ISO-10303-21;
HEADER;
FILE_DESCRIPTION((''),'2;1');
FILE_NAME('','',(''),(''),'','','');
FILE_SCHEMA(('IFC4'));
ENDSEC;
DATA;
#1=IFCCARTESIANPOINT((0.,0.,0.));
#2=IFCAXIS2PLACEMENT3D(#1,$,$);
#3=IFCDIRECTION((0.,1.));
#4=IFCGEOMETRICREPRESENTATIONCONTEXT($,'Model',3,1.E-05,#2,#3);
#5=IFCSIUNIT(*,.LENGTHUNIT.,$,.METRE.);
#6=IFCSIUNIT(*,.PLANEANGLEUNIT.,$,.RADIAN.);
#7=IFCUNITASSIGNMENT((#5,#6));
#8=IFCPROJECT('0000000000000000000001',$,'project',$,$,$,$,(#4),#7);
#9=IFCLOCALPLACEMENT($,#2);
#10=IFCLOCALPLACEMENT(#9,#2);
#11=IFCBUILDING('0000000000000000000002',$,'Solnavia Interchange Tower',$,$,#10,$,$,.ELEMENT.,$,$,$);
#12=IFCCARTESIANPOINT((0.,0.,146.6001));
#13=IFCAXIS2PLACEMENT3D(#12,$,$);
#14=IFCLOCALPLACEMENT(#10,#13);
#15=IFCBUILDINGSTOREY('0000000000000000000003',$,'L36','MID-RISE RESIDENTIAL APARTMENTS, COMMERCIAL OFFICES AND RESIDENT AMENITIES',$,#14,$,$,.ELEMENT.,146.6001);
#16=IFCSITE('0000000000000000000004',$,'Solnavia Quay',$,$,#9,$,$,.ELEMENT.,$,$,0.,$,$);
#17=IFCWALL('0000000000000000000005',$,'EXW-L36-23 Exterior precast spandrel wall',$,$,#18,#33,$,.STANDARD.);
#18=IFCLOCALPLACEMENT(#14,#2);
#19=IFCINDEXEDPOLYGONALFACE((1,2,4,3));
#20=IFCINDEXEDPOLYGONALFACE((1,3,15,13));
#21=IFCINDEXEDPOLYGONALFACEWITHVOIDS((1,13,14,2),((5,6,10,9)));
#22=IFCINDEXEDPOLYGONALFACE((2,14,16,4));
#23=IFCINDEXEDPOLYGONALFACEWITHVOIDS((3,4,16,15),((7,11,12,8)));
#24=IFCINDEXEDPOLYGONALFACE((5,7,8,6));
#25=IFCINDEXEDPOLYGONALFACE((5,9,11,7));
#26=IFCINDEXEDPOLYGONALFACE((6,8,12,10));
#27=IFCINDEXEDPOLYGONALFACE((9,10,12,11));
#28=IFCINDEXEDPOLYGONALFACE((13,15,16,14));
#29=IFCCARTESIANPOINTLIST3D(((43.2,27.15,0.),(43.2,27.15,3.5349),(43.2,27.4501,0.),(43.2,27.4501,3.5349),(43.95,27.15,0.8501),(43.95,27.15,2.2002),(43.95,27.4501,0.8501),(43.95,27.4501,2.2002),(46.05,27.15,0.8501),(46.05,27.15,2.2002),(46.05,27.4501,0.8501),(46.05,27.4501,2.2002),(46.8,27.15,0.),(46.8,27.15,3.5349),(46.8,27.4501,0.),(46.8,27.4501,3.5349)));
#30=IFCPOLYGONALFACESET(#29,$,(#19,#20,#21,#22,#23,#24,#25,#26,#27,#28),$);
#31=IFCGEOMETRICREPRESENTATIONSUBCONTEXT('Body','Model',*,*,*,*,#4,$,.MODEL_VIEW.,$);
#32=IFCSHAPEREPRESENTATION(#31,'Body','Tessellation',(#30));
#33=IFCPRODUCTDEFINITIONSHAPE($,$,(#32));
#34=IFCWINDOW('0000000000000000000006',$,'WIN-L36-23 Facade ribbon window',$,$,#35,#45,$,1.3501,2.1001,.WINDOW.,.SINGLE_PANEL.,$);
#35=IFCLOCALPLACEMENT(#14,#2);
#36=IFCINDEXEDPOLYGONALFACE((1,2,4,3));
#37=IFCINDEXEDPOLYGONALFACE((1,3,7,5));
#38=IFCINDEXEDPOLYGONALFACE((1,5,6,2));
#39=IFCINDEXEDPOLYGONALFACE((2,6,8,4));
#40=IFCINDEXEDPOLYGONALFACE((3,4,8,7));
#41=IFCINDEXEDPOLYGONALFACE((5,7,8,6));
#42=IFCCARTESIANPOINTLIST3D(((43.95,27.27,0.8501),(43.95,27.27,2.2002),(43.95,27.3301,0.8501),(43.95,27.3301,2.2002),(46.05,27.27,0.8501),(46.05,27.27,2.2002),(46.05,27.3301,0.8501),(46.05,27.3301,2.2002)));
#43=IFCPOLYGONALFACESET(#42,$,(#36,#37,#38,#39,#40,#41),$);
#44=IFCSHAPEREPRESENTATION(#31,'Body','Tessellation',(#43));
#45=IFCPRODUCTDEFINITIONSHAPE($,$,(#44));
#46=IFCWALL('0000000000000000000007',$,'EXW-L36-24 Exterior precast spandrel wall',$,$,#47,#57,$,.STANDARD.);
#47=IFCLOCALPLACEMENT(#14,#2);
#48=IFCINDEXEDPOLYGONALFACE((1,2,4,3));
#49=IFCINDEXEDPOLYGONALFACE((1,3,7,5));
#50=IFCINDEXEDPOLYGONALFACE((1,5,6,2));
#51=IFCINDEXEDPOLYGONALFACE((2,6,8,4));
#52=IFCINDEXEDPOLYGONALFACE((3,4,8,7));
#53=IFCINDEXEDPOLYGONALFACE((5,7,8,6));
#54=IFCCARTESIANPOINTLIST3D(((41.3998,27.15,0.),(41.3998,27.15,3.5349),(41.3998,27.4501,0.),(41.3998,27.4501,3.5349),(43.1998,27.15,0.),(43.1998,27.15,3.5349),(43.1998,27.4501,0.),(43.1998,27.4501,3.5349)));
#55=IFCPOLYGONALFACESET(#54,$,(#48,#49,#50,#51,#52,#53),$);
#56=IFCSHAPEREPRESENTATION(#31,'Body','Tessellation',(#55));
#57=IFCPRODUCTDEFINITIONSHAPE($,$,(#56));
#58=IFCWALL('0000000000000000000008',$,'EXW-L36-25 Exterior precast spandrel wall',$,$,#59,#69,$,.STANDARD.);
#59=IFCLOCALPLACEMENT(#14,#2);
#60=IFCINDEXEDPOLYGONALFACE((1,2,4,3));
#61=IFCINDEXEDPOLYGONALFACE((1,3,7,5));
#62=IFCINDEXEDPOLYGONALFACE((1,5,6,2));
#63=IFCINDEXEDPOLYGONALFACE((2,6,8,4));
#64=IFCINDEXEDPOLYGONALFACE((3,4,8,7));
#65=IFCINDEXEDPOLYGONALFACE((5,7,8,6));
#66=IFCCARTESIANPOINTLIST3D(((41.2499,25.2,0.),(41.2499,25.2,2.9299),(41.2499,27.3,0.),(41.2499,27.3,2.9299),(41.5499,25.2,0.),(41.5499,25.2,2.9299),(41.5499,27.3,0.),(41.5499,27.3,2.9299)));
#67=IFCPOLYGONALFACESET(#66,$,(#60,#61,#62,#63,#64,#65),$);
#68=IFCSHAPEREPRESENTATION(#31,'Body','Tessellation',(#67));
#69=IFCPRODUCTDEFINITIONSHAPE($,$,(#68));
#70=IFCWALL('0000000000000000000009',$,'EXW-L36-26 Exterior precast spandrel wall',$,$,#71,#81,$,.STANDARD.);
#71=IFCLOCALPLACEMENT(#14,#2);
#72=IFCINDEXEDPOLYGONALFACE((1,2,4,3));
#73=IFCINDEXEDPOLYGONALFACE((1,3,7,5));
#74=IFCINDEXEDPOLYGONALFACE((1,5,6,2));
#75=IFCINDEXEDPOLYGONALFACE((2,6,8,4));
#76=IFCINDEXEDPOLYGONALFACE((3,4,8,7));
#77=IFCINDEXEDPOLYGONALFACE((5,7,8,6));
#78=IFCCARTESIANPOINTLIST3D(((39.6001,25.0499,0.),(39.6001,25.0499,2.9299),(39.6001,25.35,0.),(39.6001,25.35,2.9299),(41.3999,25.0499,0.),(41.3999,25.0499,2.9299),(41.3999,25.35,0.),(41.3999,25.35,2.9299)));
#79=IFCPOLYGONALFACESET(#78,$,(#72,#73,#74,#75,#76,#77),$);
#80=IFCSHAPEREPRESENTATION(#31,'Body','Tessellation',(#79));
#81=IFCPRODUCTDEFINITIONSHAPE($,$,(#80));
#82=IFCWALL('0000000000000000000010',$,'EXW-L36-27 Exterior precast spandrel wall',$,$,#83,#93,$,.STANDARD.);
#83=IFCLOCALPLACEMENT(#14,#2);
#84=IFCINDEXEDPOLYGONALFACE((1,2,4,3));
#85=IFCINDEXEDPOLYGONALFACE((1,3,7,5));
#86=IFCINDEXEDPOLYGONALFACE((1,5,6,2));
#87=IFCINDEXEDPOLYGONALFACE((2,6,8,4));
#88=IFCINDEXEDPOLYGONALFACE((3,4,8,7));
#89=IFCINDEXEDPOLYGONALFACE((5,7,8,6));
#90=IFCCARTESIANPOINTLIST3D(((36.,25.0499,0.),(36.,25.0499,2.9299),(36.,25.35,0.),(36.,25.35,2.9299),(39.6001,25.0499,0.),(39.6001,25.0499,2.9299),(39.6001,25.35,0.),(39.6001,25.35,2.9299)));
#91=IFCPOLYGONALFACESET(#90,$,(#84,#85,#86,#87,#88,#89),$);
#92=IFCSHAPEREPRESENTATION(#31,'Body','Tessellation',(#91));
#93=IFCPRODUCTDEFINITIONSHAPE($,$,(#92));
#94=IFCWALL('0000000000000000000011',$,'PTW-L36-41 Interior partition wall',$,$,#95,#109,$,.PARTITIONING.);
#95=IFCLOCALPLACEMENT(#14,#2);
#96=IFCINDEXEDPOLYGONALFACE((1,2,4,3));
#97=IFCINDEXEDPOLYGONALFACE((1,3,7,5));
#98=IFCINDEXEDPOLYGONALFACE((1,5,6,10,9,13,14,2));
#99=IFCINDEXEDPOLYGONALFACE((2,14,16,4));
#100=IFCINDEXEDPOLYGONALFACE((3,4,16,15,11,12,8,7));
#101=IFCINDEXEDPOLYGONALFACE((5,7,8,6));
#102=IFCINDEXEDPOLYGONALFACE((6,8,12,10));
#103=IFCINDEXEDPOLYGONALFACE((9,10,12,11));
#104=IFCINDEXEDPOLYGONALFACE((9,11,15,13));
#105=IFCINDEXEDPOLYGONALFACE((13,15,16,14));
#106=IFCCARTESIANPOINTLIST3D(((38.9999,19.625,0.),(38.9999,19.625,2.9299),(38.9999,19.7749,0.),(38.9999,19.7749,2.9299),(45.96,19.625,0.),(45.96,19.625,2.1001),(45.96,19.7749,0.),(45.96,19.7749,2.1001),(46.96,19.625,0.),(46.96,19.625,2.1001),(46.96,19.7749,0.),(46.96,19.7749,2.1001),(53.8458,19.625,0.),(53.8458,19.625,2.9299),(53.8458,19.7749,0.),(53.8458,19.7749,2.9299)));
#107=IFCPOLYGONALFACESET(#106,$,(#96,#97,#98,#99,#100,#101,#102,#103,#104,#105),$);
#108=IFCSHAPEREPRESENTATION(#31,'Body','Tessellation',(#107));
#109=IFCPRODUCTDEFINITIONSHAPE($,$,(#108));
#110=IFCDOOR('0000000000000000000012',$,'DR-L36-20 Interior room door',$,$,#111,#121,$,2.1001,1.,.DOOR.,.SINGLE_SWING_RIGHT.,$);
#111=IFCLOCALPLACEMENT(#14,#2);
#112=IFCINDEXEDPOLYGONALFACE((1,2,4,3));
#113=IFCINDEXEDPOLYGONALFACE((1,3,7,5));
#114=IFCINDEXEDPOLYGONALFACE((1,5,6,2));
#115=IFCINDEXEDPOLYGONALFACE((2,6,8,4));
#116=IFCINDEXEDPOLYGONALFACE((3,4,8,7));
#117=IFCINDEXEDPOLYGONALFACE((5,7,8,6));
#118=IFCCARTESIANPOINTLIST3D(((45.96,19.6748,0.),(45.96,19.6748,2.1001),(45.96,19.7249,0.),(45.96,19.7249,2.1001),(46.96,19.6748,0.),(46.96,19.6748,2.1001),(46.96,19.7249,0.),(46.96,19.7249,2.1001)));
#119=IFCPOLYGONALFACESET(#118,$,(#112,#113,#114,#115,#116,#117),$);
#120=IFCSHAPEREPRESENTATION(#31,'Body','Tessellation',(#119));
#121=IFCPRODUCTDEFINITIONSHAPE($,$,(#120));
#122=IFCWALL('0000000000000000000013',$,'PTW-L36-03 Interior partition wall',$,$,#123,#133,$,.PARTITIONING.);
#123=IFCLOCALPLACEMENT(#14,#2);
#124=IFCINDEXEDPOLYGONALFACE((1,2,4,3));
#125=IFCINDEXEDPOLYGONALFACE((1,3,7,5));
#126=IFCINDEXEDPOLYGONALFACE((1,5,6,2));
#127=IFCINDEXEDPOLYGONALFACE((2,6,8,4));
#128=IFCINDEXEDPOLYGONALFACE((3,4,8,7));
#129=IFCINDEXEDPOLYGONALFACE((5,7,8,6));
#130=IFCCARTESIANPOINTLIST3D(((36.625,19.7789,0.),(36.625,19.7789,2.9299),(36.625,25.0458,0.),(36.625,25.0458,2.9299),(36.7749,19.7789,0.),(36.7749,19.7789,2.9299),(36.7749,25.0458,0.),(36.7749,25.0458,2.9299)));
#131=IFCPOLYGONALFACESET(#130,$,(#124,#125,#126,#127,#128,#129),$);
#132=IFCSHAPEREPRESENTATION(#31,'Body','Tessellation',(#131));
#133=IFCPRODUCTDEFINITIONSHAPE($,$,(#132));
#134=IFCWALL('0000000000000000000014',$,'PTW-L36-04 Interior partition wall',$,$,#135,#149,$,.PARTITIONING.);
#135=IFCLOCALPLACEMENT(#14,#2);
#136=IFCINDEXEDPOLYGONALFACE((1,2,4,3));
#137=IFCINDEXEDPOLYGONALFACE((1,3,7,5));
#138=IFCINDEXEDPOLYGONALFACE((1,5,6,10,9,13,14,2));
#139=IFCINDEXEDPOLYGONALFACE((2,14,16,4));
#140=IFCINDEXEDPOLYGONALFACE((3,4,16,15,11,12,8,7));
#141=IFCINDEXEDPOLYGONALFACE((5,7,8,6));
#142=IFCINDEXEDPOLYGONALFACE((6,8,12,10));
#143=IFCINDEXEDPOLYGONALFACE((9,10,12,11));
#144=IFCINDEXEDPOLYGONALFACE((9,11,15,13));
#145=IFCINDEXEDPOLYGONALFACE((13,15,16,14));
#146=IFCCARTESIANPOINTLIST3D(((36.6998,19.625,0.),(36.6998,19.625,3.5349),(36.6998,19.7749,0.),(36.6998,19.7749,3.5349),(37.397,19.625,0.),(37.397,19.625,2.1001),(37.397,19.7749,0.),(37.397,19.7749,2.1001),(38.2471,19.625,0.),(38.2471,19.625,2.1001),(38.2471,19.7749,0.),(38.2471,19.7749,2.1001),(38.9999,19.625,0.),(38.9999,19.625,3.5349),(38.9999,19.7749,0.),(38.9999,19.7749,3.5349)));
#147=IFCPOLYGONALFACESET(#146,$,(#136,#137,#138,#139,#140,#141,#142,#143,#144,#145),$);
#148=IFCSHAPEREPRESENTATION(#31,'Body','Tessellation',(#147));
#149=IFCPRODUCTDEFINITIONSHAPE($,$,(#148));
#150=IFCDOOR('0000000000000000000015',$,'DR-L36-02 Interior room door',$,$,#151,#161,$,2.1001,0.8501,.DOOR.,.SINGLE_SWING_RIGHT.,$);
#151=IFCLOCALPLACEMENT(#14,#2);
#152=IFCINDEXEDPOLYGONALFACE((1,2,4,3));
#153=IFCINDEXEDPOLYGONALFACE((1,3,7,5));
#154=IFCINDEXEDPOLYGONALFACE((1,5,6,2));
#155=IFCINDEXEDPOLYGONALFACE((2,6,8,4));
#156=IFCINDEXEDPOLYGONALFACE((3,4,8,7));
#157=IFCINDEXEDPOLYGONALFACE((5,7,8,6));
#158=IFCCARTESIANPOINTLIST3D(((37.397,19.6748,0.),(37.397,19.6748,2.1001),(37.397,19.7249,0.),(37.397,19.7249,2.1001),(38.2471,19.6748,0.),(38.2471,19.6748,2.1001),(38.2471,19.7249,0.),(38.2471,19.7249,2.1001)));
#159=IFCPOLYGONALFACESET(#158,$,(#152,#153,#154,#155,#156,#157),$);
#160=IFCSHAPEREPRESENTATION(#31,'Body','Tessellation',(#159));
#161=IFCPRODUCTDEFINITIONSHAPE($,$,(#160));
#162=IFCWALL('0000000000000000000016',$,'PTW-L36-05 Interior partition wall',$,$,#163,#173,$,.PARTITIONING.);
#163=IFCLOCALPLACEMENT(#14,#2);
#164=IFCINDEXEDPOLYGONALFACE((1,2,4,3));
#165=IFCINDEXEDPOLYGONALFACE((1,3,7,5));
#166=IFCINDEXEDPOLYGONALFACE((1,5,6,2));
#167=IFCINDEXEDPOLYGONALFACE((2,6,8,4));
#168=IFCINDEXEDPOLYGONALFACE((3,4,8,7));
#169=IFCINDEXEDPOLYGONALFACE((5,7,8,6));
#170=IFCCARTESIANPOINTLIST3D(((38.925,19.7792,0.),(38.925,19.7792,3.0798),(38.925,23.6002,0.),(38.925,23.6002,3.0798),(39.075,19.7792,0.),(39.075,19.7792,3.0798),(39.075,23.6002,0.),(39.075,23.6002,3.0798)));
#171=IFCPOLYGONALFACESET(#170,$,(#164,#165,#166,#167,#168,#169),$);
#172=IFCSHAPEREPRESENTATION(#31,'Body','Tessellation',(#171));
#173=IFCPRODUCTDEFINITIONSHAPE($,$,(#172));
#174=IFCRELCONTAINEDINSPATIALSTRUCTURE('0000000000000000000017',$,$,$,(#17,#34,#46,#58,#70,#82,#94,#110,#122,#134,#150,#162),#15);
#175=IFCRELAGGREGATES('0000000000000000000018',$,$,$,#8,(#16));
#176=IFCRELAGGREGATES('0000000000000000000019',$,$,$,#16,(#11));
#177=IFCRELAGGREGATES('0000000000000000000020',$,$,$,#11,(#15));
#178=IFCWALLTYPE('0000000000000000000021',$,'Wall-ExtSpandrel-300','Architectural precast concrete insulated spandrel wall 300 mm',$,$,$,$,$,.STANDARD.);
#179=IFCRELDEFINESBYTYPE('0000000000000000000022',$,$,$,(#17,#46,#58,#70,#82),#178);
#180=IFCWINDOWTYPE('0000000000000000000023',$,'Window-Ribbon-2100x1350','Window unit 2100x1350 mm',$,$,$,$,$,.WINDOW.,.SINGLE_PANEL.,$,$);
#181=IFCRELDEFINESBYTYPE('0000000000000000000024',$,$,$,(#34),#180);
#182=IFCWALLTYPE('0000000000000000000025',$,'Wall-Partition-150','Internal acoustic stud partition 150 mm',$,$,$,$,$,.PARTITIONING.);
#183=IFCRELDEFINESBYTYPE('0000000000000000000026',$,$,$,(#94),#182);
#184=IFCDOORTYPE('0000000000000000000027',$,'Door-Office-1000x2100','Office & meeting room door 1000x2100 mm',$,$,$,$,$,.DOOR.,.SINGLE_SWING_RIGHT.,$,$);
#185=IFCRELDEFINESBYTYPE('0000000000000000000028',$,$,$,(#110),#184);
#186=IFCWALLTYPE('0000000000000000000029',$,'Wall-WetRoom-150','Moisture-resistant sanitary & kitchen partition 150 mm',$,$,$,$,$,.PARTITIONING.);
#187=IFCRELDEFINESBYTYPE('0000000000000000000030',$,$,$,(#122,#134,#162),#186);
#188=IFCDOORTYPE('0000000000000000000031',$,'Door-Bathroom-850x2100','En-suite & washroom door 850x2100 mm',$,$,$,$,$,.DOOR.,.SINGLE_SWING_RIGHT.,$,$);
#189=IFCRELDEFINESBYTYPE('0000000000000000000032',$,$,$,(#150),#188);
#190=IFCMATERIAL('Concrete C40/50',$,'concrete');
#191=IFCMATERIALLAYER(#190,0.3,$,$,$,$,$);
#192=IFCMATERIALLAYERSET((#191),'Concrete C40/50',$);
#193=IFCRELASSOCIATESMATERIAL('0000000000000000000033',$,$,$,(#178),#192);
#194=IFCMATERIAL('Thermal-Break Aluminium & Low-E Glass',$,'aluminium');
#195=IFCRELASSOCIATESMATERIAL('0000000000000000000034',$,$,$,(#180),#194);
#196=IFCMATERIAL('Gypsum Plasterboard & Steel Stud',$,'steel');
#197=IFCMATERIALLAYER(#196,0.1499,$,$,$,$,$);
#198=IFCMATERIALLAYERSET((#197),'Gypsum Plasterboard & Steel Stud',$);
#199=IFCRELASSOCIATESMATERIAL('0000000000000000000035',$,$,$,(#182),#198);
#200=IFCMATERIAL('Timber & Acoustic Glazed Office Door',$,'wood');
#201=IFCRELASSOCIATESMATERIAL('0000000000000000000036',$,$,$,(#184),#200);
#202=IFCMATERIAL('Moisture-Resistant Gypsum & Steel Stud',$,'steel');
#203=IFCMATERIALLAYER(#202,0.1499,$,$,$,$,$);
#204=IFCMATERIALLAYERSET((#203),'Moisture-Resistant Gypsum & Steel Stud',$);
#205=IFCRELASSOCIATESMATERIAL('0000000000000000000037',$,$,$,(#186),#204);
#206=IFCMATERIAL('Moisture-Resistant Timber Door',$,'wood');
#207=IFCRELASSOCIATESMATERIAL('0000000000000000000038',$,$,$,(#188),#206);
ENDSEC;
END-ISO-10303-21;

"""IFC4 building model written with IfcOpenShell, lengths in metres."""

from ifc_helpers import new_model, si_unit, direction, frame, frame_2d, origin, place, context, subcontext, project, spatial, rectangle, extrude, material, layer, layer_set, type_object, element, fill, save


model = new_model("IFC4")

# Units and contexts
model_context = context("Model", 3, precision=1e-05, world=origin(), true_north=direction((0.0, 1.0)))
body_context = subcontext(model_context, "Body", "Model", "MODEL_VIEW")
ifc_project = project(units=[si_unit("LENGTHUNIT", "METRE"), si_unit("PLANEANGLEUNIT", "RADIAN")], contexts=[model_context])

# Site, building, storey
site_placement = place(None, origin())
site = spatial("IfcSite", under=ifc_project, at=site_placement, Name="Solnavia Quay", CompositionType="ELEMENT", RefElevation=0.0)
building_placement = place(site_placement, origin())
building = spatial("IfcBuilding", under=site, at=building_placement, Name="Solnavia Interchange Tower", CompositionType="ELEMENT")
storey_placement = place(building_placement, frame((0.0, 0.0, 146.6001)))
storey = spatial("IfcBuildingStorey", under=building, at=storey_placement, Name="L36", Description="MID-RISE RESIDENTIAL APARTMENTS, COMMERCIAL OFFICES AND RESIDENT AMENITIES", CompositionType="ELEMENT", Elevation=146.6001)

# Wall, opening, window
ifc_material_1 = material(Name="Concrete C40/50", Category="concrete")
ifc_layer_1 = layer(ifc_material_1, 0.3)
ifc_layer_set_1 = layer_set([ifc_layer_1], Name="Concrete C40/50")
wall_type_1 = type_object("IfcWallType", Name="Wall-ExtSpandrel-300", Description="Architectural precast concrete insulated spandrel wall 300 mm", PredefinedType="STANDARD", material=ifc_layer_set_1)
wall_1_placement = place(storey_placement, frame((43.2, 27.3, 0.0), z_axis=(0.0, 0.0, 1.0), x_axis=(1.0, 0.0, 0.0)))
wall_1 = element("IfcWall", 1, at=wall_1_placement, inside=storey, type_object=wall_type_1, Name="EXW-L36-23 Exterior precast spandrel wall", PredefinedType="STANDARD", context=body_context, shape_type="SweptSolid", body=[
    extrude(rectangle(XDim=3.6001, YDim=0.3, at=frame_2d((1.8, 0.0))), origin(), (0.0, 0.0, 1.0), 3.5349),
])
opening_1_placement = place(wall_1_placement, frame((0.75, 0.0, 0.8501)))
opening_1 = element("IfcOpeningElement", 2, at=opening_1_placement, cuts=wall_1, PredefinedType="OPENING", context=body_context, shape_type="SweptSolid", body=[
    extrude(rectangle(XDim=2.1001, YDim=1.3501, at=frame_2d((1.05, 0.675))), frame((0.0, 0.1602, 0.0), z_axis=(0.0, -1.0, 0.0), x_axis=(1.0, 0.0, 0.0)), (0.0, 0.0, 1.0), 0.3201),
])
ifc_material_2 = material(Name="Thermal-Break Aluminium & Low-E Glass", Category="aluminium")
window_type = type_object("IfcWindowType", Name="Window-Ribbon-2100x1350", Description="Window unit 2100x1350 mm", PartitioningType="SINGLE_PANEL", PredefinedType="WINDOW", material=ifc_material_2)
window_placement = place(opening_1_placement, origin())
window = element("IfcWindow", 3, at=window_placement, inside=storey, type_object=window_type, Name="WIN-L36-23 Facade ribbon window", OverallHeight=1.3501, OverallWidth=2.1001, PartitioningType="SINGLE_PANEL", PredefinedType="WINDOW", context=body_context, shape_type="SweptSolid", body=[
    extrude(rectangle(XDim=2.1001, YDim=1.3501, at=frame_2d((1.05, 0.675))), frame((0.0, 0.03, 0.0), z_axis=(0.0, -1.0, 0.0), x_axis=(1.0, 0.0, 0.0)), (0.0, 0.0, 1.0), 0.0601),
])
fill(opening_1, window)

# Walls
wall_2_placement = place(storey_placement, frame((41.3999, 27.3, 0.0), z_axis=(0.0, 0.0, 1.0), x_axis=(1.0, 0.0, 0.0)))
element("IfcWall", 4, at=wall_2_placement, inside=storey, type_object=wall_type_1, Name="EXW-L36-24 Exterior precast spandrel wall", PredefinedType="STANDARD", context=body_context, shape_type="SweptSolid", body=[
    extrude(rectangle(XDim=1.8, YDim=0.3, at=frame_2d((0.8999, 0.0))), origin(), (0.0, 0.0, 1.0), 3.5349),
])
wall_3_placement = place(storey_placement, frame((41.3999, 27.3, 0.0), z_axis=(0.0, 0.0, 1.0), x_axis=(0.0, -1.0, 0.0)))
element("IfcWall", 5, at=wall_3_placement, inside=storey, type_object=wall_type_1, Name="EXW-L36-25 Exterior precast spandrel wall", PredefinedType="STANDARD", context=body_context, shape_type="SweptSolid", body=[
    extrude(rectangle(XDim=2.1001, YDim=0.3, at=frame_2d((1.05, 0.0))), origin(), (0.0, 0.0, 1.0), 2.9299),
])
wall_4_placement = place(storey_placement, frame((39.6001, 25.2, 0.0), z_axis=(0.0, 0.0, 1.0), x_axis=(1.0, 0.0, 0.0)))
element("IfcWall", 6, at=wall_4_placement, inside=storey, type_object=wall_type_1, Name="EXW-L36-26 Exterior precast spandrel wall", PredefinedType="STANDARD", context=body_context, shape_type="SweptSolid", body=[
    extrude(rectangle(XDim=1.7998, YDim=0.3, at=frame_2d((0.8999, 0.0))), origin(), (0.0, 0.0, 1.0), 2.9299),
])
wall_5_placement = place(storey_placement, frame((36.0, 25.2, 0.0), z_axis=(0.0, 0.0, 1.0), x_axis=(1.0, 0.0, 0.0)))
element("IfcWall", 7, at=wall_5_placement, inside=storey, type_object=wall_type_1, Name="EXW-L36-27 Exterior precast spandrel wall", PredefinedType="STANDARD", context=body_context, shape_type="SweptSolid", body=[
    extrude(rectangle(XDim=3.6001, YDim=0.3, at=frame_2d((1.8, 0.0))), origin(), (0.0, 0.0, 1.0), 2.9299),
])

# Wall, opening, door
ifc_material_3 = material(Name="Gypsum Plasterboard & Steel Stud", Category="steel")
ifc_layer_2 = layer(ifc_material_3, 0.1499)
ifc_layer_set_2 = layer_set([ifc_layer_2], Name="Gypsum Plasterboard & Steel Stud")
wall_type_2 = type_object("IfcWallType", Name="Wall-Partition-150", Description="Internal acoustic stud partition 150 mm", PredefinedType="PARTITIONING", material=ifc_layer_set_2)
wall_6_placement = place(storey_placement, frame((39.0, 19.7, 0.0), z_axis=(0.0, 0.0, 1.0), x_axis=(1.0, 0.0, 0.0)))
wall_6 = element("IfcWall", 8, at=wall_6_placement, inside=storey, type_object=wall_type_2, Name="PTW-L36-41 Interior partition wall", PredefinedType="PARTITIONING", context=body_context, shape_type="SweptSolid", body=[
    extrude(rectangle(XDim=14.8459, YDim=0.1499, at=frame_2d((7.4229, 0.0))), origin(), (0.0, 0.0, 1.0), 2.9299),
])
opening_2_placement = place(wall_6_placement, frame((6.96, 0.0, 0.0)))
opening_2 = element("IfcOpeningElement", 9, at=opening_2_placement, cuts=wall_6, PredefinedType="OPENING", context=body_context, shape_type="SweptSolid", body=[
    extrude(rectangle(XDim=1.0, YDim=2.1001, at=frame_2d((0.5, 1.05))), frame((0.0, 0.085, 0.0), z_axis=(0.0, -1.0, 0.0), x_axis=(1.0, 0.0, 0.0)), (0.0, 0.0, 1.0), 0.1699),
])
ifc_material_4 = material(Name="Timber & Acoustic Glazed Office Door", Category="wood")
door_type_1 = type_object("IfcDoorType", Name="Door-Office-1000x2100", Description="Office & meeting room door 1000x2100 mm", OperationType="SINGLE_SWING_RIGHT", PredefinedType="DOOR", material=ifc_material_4)
door_1_placement = place(opening_2_placement, origin())
door_1 = element("IfcDoor", 10, at=door_1_placement, inside=storey, type_object=door_type_1, Name="DR-L36-20 Interior room door", OperationType="SINGLE_SWING_RIGHT", OverallHeight=2.1001, OverallWidth=1.0, PredefinedType="DOOR", context=body_context, shape_type="SweptSolid", body=[
    extrude(rectangle(XDim=1.0, YDim=2.1001, at=frame_2d((0.5, 1.05))), frame((0.0, 0.0249, 0.0), z_axis=(0.0, -1.0, 0.0), x_axis=(1.0, 0.0, 0.0)), (0.0, 0.0, 1.0), 0.05),
])
fill(opening_2, door_1)

# Wall
ifc_material_5 = material(Name="Moisture-Resistant Gypsum & Steel Stud", Category="steel")
ifc_layer_3 = layer(ifc_material_5, 0.1499)
ifc_layer_set_3 = layer_set([ifc_layer_3], Name="Moisture-Resistant Gypsum & Steel Stud")
wall_type_3 = type_object("IfcWallType", Name="Wall-WetRoom-150", Description="Moisture-resistant sanitary & kitchen partition 150 mm", PredefinedType="PARTITIONING", material=ifc_layer_set_3)
wall_7_placement = place(storey_placement, frame((36.7, 19.7791, 0.0), z_axis=(0.0, 0.0, 1.0), x_axis=(0.0, 1.0, 0.0)))
element("IfcWall", 11, at=wall_7_placement, inside=storey, type_object=wall_type_3, Name="PTW-L36-03 Interior partition wall", PredefinedType="PARTITIONING", context=body_context, shape_type="SweptSolid", body=[
    extrude(rectangle(XDim=5.2668, YDim=0.1499, at=frame_2d((2.6333, 0.0))), origin(), (0.0, 0.0, 1.0), 2.9299),
])

# Wall, opening, door
wall_8_placement = place(storey_placement, frame((36.7, 19.7, 0.0), z_axis=(0.0, 0.0, 1.0), x_axis=(1.0, 0.0, 0.0)))
wall_8 = element("IfcWall", 12, at=wall_8_placement, inside=storey, type_object=wall_type_3, Name="PTW-L36-04 Interior partition wall", PredefinedType="PARTITIONING", context=body_context, shape_type="SweptSolid", body=[
    extrude(rectangle(XDim=2.3, YDim=0.1499, at=frame_2d((1.1499, 0.0))), origin(), (0.0, 0.0, 1.0), 3.5349),
])
opening_3_placement = place(wall_8_placement, frame((0.697, 0.0, 0.0)))
opening_3 = element("IfcOpeningElement", 13, at=opening_3_placement, cuts=wall_8, PredefinedType="OPENING", context=body_context, shape_type="SweptSolid", body=[
    extrude(rectangle(XDim=0.8501, YDim=2.1001, at=frame_2d((0.425, 1.05))), frame((0.0, 0.085, 0.0), z_axis=(0.0, -1.0, 0.0), x_axis=(1.0, 0.0, 0.0)), (0.0, 0.0, 1.0), 0.1699),
])
ifc_material_6 = material(Name="Moisture-Resistant Timber Door", Category="wood")
door_type_2 = type_object("IfcDoorType", Name="Door-Bathroom-850x2100", Description="En-suite & washroom door 850x2100 mm", OperationType="SINGLE_SWING_RIGHT", PredefinedType="DOOR", material=ifc_material_6)
door_2_placement = place(opening_3_placement, origin())
door_2 = element("IfcDoor", 14, at=door_2_placement, inside=storey, type_object=door_type_2, Name="DR-L36-02 Interior room door", OperationType="SINGLE_SWING_RIGHT", OverallHeight=2.1001, OverallWidth=0.8501, PredefinedType="DOOR", context=body_context, shape_type="SweptSolid", body=[
    extrude(rectangle(XDim=0.8501, YDim=2.1001, at=frame_2d((0.425, 1.05))), frame((0.0, 0.0249, 0.0), z_axis=(0.0, -1.0, 0.0), x_axis=(1.0, 0.0, 0.0)), (0.0, 0.0, 1.0), 0.05),
])
fill(opening_3, door_2)

# Wall
wall_9_placement = place(storey_placement, frame((39.0, 19.7791, 0.0), z_axis=(0.0, 0.0, 1.0), x_axis=(0.0, 1.0, 0.0)))
element("IfcWall", 15, at=wall_9_placement, inside=storey, type_object=wall_type_3, Name="PTW-L36-05 Interior partition wall", PredefinedType="PARTITIONING", context=body_context, shape_type="SweptSolid", body=[
    extrude(rectangle(XDim=3.821, YDim=0.1499, at=frame_2d((1.9106, 0.0))), origin(), (0.0, 0.0, 1.0), 3.0798),
])

save(model, "model.ifc")
